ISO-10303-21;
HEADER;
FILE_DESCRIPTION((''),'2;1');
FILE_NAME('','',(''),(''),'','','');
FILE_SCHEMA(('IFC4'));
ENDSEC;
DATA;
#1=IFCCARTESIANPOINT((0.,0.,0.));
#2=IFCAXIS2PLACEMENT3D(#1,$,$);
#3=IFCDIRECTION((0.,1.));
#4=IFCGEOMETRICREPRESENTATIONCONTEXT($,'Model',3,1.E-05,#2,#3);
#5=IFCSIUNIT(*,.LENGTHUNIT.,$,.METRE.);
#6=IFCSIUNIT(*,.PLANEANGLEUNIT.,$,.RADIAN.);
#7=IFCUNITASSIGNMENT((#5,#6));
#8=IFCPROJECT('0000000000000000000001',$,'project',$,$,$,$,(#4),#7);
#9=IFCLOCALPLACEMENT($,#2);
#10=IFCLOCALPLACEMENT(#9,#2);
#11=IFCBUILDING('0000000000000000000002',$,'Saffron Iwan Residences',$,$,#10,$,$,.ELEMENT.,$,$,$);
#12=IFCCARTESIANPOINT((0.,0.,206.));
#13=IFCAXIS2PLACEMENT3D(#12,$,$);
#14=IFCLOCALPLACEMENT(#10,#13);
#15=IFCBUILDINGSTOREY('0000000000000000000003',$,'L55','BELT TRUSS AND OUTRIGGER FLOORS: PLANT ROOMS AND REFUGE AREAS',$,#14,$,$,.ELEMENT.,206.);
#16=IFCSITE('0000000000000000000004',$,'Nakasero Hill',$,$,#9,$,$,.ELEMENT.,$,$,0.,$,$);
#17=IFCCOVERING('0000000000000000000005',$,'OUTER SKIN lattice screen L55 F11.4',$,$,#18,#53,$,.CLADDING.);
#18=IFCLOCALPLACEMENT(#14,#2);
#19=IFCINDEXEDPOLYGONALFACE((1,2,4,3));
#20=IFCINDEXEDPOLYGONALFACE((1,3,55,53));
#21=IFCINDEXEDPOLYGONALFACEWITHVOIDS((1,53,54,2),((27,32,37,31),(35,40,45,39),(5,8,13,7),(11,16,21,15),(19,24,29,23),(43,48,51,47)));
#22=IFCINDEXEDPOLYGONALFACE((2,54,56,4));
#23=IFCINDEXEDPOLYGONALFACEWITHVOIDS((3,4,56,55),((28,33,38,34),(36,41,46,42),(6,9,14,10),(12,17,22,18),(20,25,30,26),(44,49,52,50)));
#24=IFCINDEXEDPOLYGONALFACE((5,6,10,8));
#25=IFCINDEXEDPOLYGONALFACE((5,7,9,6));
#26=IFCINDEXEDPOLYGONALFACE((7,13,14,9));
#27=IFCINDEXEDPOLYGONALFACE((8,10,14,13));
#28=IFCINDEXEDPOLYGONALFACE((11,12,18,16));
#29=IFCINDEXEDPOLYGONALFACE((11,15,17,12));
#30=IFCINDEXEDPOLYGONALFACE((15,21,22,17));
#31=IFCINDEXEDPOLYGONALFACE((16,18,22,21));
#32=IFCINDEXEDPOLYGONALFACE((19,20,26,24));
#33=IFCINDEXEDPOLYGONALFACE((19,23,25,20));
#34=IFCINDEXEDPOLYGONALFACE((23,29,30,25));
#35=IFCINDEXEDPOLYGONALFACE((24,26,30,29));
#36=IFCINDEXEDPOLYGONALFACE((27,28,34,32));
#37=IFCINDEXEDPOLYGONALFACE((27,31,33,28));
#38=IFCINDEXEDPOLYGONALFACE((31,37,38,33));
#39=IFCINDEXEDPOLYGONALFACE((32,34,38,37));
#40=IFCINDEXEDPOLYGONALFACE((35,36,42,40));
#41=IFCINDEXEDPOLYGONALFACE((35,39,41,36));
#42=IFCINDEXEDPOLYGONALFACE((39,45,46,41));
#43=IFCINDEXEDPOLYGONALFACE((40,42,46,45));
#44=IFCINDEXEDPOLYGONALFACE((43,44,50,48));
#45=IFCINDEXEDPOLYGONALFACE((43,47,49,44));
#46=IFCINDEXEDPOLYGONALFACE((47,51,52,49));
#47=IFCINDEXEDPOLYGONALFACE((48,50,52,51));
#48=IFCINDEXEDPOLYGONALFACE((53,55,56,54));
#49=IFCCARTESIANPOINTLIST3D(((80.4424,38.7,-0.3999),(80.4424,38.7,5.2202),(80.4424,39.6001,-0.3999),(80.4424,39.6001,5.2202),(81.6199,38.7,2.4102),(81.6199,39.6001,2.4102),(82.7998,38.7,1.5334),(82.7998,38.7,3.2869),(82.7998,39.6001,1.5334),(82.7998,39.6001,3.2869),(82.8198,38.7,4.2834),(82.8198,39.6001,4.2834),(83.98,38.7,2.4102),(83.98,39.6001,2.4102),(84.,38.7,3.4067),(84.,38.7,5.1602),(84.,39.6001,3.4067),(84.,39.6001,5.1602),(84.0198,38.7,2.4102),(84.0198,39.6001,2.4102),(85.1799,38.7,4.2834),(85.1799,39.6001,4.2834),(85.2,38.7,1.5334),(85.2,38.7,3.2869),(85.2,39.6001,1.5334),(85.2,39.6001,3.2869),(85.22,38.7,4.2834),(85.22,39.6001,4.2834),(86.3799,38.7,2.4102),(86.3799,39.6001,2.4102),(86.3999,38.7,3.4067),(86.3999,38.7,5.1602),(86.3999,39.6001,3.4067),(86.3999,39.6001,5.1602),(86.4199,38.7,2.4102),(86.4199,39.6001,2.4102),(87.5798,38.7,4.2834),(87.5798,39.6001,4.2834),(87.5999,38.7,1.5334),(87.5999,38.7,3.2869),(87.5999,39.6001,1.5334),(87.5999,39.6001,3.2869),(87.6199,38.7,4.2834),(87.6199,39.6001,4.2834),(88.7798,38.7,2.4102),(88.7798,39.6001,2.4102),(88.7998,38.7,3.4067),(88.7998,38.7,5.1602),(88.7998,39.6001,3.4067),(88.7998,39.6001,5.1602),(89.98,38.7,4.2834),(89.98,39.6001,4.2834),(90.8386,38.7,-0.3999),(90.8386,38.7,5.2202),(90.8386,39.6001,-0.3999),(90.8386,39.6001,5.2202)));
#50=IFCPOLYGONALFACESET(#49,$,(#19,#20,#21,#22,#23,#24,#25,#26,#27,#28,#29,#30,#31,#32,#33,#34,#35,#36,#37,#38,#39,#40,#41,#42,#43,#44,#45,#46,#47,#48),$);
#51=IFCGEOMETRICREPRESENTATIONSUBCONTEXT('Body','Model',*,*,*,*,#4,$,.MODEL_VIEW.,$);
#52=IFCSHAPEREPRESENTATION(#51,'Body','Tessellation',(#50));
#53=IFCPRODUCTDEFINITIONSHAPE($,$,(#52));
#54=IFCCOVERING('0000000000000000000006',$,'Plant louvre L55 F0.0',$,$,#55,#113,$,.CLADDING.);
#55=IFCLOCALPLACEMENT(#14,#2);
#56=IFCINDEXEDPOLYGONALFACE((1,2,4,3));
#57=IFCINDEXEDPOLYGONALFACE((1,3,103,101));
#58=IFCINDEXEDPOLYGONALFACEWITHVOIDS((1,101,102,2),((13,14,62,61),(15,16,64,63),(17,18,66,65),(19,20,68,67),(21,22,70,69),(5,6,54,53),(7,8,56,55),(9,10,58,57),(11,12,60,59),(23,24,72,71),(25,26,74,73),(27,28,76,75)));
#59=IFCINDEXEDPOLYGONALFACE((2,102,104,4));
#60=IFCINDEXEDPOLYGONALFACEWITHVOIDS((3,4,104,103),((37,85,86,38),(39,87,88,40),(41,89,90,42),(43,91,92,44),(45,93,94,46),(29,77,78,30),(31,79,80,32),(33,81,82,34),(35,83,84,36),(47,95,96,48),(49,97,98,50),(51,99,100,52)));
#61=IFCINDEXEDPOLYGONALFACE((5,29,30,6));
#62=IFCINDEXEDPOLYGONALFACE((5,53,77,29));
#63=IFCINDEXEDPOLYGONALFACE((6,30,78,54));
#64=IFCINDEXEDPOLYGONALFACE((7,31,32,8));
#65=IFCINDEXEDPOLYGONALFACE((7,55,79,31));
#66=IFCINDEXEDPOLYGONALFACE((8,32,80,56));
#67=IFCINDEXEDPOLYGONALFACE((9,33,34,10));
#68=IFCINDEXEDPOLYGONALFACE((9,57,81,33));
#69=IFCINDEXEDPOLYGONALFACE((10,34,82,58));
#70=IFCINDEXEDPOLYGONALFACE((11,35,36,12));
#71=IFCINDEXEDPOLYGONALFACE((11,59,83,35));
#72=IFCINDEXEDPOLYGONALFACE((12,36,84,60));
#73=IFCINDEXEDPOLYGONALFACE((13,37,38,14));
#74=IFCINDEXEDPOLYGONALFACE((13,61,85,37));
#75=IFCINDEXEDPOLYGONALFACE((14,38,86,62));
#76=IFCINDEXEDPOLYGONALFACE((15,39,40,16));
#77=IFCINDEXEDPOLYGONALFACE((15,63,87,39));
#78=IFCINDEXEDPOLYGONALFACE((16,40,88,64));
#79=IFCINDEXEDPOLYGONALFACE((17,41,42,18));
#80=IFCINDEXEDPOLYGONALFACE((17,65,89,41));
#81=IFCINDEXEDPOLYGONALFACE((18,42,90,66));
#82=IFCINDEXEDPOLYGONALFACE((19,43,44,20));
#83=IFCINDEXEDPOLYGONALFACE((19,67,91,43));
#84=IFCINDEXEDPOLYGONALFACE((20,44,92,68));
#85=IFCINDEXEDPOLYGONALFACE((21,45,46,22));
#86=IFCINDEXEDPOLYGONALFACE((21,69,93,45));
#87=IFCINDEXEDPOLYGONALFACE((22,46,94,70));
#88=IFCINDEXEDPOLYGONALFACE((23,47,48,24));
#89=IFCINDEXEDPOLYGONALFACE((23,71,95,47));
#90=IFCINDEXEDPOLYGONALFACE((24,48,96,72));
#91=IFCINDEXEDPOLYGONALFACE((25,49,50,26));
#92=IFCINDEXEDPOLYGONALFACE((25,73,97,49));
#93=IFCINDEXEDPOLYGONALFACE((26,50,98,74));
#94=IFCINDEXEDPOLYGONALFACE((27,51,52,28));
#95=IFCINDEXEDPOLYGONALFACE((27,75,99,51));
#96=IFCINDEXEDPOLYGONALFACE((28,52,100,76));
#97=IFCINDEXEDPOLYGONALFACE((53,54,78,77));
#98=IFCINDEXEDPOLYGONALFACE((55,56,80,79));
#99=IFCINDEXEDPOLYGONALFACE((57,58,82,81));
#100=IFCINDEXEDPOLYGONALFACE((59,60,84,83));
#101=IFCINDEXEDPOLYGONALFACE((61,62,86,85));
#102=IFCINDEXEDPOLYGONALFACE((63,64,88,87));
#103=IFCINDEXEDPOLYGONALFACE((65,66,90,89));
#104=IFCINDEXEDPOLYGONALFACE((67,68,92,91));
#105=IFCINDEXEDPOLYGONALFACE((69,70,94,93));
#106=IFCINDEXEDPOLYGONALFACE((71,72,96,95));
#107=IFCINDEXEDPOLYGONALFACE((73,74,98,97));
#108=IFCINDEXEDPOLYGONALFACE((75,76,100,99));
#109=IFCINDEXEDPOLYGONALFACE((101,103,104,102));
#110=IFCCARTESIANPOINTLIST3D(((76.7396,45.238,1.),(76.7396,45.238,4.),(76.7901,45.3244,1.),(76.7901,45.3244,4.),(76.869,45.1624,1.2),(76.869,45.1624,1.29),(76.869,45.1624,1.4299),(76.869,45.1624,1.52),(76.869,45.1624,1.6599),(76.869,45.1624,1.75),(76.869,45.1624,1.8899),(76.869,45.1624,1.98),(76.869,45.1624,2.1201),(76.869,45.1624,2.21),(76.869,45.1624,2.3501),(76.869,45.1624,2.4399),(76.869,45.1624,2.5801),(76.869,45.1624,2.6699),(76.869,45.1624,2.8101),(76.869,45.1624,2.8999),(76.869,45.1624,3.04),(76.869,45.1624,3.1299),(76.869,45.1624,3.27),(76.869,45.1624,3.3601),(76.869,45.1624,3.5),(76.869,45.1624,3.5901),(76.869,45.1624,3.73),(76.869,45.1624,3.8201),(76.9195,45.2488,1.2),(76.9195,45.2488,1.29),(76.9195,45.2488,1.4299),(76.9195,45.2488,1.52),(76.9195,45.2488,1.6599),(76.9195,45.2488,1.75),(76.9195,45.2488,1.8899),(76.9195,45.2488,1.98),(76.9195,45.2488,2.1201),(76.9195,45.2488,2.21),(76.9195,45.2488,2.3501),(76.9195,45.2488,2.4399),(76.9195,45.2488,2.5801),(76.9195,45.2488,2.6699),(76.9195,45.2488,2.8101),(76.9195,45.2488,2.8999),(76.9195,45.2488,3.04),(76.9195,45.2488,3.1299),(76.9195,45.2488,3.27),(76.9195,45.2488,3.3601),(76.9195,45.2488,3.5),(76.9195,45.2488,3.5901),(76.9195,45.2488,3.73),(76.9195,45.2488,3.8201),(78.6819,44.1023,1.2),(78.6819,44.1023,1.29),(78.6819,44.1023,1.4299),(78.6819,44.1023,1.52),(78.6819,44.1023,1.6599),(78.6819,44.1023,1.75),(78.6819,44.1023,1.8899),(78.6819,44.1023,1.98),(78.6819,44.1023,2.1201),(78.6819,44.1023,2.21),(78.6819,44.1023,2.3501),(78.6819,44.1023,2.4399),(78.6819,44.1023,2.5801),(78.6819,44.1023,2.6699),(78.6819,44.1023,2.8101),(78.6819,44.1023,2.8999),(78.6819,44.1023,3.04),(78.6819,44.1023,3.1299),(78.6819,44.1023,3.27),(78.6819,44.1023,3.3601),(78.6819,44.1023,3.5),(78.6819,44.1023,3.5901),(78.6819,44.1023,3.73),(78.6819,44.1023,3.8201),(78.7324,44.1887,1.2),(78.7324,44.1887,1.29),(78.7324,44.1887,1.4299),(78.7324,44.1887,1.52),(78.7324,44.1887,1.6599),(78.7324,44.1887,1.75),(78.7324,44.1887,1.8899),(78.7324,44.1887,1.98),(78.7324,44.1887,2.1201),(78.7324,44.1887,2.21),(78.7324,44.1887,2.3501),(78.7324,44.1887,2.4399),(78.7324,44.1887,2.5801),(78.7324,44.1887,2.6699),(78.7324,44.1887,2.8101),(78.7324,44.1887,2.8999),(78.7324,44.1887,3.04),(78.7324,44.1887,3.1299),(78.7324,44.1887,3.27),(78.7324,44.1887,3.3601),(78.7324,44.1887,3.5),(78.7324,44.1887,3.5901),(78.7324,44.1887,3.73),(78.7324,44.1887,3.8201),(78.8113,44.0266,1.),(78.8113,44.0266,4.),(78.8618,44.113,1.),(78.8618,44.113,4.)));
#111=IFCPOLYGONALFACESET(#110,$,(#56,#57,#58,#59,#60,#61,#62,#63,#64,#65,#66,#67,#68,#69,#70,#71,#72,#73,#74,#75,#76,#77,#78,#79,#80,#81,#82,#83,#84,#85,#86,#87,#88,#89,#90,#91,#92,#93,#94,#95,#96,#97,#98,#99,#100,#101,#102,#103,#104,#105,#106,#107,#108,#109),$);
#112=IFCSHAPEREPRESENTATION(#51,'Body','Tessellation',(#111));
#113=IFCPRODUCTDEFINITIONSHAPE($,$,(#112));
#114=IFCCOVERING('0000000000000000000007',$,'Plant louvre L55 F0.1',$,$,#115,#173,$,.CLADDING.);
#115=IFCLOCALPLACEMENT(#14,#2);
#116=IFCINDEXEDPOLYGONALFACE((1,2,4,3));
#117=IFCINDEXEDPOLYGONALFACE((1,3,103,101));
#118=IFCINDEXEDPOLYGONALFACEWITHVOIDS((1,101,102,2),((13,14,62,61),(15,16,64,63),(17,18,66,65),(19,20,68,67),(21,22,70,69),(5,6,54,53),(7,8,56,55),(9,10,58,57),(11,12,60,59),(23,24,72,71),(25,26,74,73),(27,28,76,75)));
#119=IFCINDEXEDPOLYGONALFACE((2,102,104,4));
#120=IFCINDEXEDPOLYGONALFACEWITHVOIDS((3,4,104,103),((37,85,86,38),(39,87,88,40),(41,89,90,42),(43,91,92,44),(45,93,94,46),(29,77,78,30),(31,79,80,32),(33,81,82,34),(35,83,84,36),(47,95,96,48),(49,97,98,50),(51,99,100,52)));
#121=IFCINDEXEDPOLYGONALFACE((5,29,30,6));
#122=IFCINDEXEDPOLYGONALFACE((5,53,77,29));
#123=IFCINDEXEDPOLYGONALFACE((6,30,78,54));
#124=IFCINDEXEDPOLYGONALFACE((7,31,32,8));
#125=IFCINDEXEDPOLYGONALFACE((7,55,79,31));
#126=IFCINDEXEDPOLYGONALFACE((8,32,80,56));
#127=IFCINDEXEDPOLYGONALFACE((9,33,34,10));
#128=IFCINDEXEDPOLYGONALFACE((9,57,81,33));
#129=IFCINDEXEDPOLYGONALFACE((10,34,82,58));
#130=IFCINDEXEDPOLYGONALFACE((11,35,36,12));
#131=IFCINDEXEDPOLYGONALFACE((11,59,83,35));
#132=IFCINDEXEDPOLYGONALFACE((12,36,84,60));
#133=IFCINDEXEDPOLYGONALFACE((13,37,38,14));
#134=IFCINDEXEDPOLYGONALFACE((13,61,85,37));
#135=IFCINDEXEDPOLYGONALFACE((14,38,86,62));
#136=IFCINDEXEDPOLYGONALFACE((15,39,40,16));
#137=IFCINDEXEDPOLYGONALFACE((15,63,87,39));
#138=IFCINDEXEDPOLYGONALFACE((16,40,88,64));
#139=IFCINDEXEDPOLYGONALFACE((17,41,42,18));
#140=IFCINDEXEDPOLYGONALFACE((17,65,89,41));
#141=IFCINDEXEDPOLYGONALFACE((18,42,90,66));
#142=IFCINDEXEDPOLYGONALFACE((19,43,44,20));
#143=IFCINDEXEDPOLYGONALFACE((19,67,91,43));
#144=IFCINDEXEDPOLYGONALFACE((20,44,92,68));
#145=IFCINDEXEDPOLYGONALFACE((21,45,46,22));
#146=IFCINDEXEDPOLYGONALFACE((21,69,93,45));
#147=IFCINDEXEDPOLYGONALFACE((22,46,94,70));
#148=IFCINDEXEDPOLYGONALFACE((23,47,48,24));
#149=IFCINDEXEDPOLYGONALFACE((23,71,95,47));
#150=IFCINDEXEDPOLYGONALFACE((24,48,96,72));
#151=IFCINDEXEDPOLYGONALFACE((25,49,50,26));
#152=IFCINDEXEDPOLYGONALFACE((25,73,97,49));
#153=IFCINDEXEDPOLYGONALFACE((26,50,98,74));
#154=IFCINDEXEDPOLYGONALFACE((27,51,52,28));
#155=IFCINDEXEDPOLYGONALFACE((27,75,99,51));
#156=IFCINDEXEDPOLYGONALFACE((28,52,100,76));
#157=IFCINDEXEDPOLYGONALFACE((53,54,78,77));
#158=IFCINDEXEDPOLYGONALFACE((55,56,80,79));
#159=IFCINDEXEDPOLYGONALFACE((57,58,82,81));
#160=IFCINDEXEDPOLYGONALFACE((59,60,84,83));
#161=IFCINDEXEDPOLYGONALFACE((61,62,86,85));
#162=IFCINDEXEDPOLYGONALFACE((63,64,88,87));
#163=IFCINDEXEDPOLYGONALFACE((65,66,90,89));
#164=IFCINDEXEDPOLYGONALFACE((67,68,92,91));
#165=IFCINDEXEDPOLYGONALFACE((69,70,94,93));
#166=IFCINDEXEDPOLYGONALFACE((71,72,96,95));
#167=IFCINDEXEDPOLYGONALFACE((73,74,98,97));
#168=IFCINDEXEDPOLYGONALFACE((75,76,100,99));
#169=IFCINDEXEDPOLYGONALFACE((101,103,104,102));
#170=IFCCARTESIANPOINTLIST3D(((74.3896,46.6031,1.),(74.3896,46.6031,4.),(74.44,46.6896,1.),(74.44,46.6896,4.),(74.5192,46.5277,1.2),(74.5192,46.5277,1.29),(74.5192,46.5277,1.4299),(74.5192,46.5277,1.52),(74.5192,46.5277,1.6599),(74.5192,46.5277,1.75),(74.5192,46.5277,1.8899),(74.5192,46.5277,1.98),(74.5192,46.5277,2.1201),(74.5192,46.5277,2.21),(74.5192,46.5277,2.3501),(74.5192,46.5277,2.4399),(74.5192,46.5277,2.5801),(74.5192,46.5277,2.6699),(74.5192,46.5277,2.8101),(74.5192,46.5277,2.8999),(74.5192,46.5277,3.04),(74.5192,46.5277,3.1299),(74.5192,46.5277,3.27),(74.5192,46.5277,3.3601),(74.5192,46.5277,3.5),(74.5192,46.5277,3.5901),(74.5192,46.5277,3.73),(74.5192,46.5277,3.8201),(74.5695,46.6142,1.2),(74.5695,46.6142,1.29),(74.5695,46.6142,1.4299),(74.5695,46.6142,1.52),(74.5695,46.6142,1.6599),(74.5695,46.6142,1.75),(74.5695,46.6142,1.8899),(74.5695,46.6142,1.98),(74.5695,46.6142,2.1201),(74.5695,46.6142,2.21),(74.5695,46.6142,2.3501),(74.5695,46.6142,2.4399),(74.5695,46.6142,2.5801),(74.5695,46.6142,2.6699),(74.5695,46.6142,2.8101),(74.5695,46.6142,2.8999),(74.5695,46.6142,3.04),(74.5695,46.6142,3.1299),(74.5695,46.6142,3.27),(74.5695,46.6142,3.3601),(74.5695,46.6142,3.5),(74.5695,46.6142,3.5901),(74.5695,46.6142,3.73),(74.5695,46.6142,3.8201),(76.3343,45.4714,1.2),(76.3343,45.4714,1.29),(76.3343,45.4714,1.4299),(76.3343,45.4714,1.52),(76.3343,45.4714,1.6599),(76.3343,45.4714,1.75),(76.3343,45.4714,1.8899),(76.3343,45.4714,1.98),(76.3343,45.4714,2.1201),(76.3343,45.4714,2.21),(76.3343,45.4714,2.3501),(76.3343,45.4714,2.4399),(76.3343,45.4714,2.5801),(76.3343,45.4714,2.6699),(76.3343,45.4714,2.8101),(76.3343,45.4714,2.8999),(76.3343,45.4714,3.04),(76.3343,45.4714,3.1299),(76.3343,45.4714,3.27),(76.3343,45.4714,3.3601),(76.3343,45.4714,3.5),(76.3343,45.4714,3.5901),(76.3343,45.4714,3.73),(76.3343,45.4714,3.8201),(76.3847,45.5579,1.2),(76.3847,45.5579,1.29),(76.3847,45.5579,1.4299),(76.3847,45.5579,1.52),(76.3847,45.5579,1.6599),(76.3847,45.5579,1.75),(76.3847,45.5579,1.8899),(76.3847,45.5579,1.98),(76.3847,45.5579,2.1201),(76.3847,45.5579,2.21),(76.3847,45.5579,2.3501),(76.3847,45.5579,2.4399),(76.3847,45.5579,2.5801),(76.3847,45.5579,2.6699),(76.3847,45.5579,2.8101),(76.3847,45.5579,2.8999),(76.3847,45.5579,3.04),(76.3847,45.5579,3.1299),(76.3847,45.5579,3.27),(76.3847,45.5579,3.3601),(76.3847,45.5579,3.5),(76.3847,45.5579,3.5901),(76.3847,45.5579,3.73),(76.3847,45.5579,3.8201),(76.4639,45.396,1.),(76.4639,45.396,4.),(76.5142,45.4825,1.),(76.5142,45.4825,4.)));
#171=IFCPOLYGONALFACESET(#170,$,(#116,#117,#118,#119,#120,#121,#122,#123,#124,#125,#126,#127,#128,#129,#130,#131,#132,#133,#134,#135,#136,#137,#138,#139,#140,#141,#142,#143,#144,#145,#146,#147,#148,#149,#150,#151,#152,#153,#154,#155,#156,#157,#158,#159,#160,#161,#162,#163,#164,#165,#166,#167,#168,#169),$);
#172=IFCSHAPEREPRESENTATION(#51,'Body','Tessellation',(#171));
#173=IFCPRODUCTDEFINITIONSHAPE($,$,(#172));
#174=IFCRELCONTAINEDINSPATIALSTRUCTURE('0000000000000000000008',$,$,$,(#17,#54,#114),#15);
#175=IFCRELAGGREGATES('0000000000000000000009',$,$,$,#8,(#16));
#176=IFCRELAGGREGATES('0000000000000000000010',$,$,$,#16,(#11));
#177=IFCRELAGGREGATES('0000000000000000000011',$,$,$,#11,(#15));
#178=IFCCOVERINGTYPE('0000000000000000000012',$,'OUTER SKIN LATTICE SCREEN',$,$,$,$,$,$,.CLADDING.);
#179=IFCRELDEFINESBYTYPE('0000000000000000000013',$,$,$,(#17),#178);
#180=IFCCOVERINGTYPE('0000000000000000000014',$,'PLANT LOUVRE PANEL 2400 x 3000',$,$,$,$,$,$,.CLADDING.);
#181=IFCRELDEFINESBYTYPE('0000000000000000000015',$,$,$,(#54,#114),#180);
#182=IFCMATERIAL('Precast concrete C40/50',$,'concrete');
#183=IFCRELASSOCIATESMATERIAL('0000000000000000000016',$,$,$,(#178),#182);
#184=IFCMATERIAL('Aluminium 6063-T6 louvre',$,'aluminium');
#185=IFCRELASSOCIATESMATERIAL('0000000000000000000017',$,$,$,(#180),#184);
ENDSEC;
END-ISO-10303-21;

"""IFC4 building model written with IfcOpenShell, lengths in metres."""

from ifc_helpers import new_model, si_unit, direction, frame, origin, place, context, subcontext, project, spatial, polyline, outline, extrude, material, type_object, element, save


model = new_model("IFC4")

# Units and contexts
model_context = context("Model", 3, precision=1e-05, world=origin(), true_north=direction((0.0, 1.0)))
body_context = subcontext(model_context, "Body", "Model", "MODEL_VIEW")
ifc_project = project(units=[si_unit("LENGTHUNIT", "METRE"), si_unit("PLANEANGLEUNIT", "RADIAN")], contexts=[model_context])

# Site, building, storey
site_placement = place(None, origin())
site = spatial("IfcSite", under=ifc_project, at=site_placement, Name="Nakasero Hill", CompositionType="ELEMENT", RefElevation=0.0)
building_placement = place(site_placement, origin())
building = spatial("IfcBuilding", under=site, at=building_placement, Name="Saffron Iwan Residences", CompositionType="ELEMENT")
storey_placement = place(building_placement, frame((0.0, 0.0, 206.0)))
storey = spatial("IfcBuildingStorey", under=building, at=storey_placement, Name="L55", Description="BELT TRUSS AND OUTRIGGER FLOORS: PLANT ROOMS AND REFUGE AREAS", CompositionType="ELEMENT", Elevation=206.0)

# Coverings
ifc_material_1 = material(Name="Precast concrete C40/50", Category="concrete")
covering_type_1 = type_object("IfcCoveringType", Name="OUTER SKIN LATTICE SCREEN", PredefinedType="CLADDING", material=ifc_material_1)
covering_1_placement = place(storey_placement, frame((80.4424, 39.6001, -0.3999), z_axis=(0.0, -1.0, 0.0), x_axis=(1.0, 0.0, 0.0)))
element("IfcCovering", 1, at=covering_1_placement, inside=storey, type_object=covering_type_1, Name="OUTER SKIN lattice screen L55 F11.4", PredefinedType="CLADDING", context=body_context, shape_type="SweptSolid", body=[
    extrude(outline(polyline([(0.0, 0.0), (10.3962, 0.0), (10.3962, 5.6201), (0.0, 5.6201), (0.0, 0.0)]), holes=[polyline([(1.1775, 2.8101), (2.3574, 1.9333), (3.5376, 2.8101), (2.3574, 3.6868), (1.1775, 2.8101)]), polyline([(3.5774, 2.8101), (4.7576, 1.9333), (5.9375, 2.8101), (4.7576, 3.6868), (3.5774, 2.8101)]), polyline([(5.9775, 2.8101), (7.1575, 1.9333), (8.3374, 2.8101), (7.1575, 3.6868), (5.9775, 2.8101)]), polyline([(2.3774, 4.6833), (3.5576, 3.8066), (4.7375, 4.6833), (3.5576, 5.5601), (2.3774, 4.6833)]), polyline([(4.7776, 4.6833), (5.9575, 3.8066), (7.1375, 4.6833), (5.9575, 5.5601), (4.7776, 4.6833)]), polyline([(7.1775, 4.6833), (8.3574, 3.8066), (9.5376, 4.6833), (8.3574, 5.5601), (7.1775, 4.6833)])]), origin(), (0.0, 0.0, 1.0), 0.9001),
])
ifc_material_2 = material(Name="Aluminium 6063-T6 louvre", Category="aluminium")
covering_type_2 = type_object("IfcCoveringType", Name="PLANT LOUVRE PANEL 2400 x 3000", PredefinedType="CLADDING", material=ifc_material_2)
covering_2_placement = place(storey_placement, frame((78.8113, 44.0266, 1.0), z_axis=(0.50478, 0.863248, 0.0), x_axis=(-0.863248, 0.50478, 0.0)))
element("IfcCovering", 2, at=covering_2_placement, inside=storey, type_object=covering_type_2, Name="Plant louvre L55 F0.0", PredefinedType="CLADDING", context=body_context, shape_type="SweptSolid", body=[
    extrude(outline(polyline([(0.0, 0.0), (2.3999, 0.0), (2.3999, 3.0), (0.0, 3.0), (0.0, 0.0)]), holes=[polyline([(0.1499, 0.2), (2.25, 0.2), (2.25, 0.29), (0.1499, 0.29), (0.1499, 0.2)]), polyline([(0.1499, 0.4299), (2.25, 0.4299), (2.25, 0.52), (0.1499, 0.52), (0.1499, 0.4299)]), polyline([(0.1499, 0.6599), (2.25, 0.6599), (2.25, 0.75), (0.1499, 0.75), (0.1499, 0.6599)]), polyline([(0.1499, 0.8899), (2.25, 0.8899), (2.25, 0.98), (0.1499, 0.98), (0.1499, 0.8899)]), polyline([(0.1499, 1.1201), (2.25, 1.1201), (2.25, 1.21), (0.1499, 1.21), (0.1499, 1.1201)]), polyline([(0.1499, 1.3501), (2.25, 1.3501), (2.25, 1.4399), (0.1499, 1.4399), (0.1499, 1.3501)]), polyline([(0.1499, 1.5801), (2.25, 1.5801), (2.25, 1.6699), (0.1499, 1.6699), (0.1499, 1.5801)]), polyline([(0.1499, 1.8101), (2.25, 1.8101), (2.25, 1.8999), (0.1499, 1.8999), (0.1499, 1.8101)]), polyline([(0.1499, 2.04), (2.25, 2.04), (2.25, 2.1299), (0.1499, 2.1299), (0.1499, 2.04)]), polyline([(0.1499, 2.27), (2.25, 2.27), (2.25, 2.3601), (0.1499, 2.3601), (0.1499, 2.27)]), polyline([(0.1499, 2.5), (2.25, 2.5), (2.25, 2.5901), (0.1499, 2.5901), (0.1499, 2.5)]), polyline([(0.1499, 2.73), (2.25, 2.73), (2.25, 2.8201), (0.1499, 2.8201), (0.1499, 2.73)])]), origin(), (0.0, 0.0, 1.0), 0.1001),
])
covering_3_placement = place(storey_placement, frame((76.4639, 45.396, 1.0), z_axis=(0.50296, 0.86431, 0.0), x_axis=(-0.86431, 0.50296, 0.0)))
element("IfcCovering", 3, at=covering_3_placement, inside=storey, type_object=covering_type_2, Name="Plant louvre L55 F0.1", PredefinedType="CLADDING", context=body_context, shape_type="SweptSolid", body=[
    extrude(outline(polyline([(0.0, 0.0), (2.3999, 0.0), (2.3999, 3.0), (0.0, 3.0), (0.0, 0.0)]), holes=[polyline([(0.1499, 0.2), (2.25, 0.2), (2.25, 0.29), (0.1499, 0.29), (0.1499, 0.2)]), polyline([(0.1499, 0.4299), (2.25, 0.4299), (2.25, 0.52), (0.1499, 0.52), (0.1499, 0.4299)]), polyline([(0.1499, 0.6599), (2.25, 0.6599), (2.25, 0.75), (0.1499, 0.75), (0.1499, 0.6599)]), polyline([(0.1499, 0.8899), (2.25, 0.8899), (2.25, 0.98), (0.1499, 0.98), (0.1499, 0.8899)]), polyline([(0.1499, 1.1201), (2.25, 1.1201), (2.25, 1.21), (0.1499, 1.21), (0.1499, 1.1201)]), polyline([(0.1499, 1.3501), (2.25, 1.3501), (2.25, 1.4399), (0.1499, 1.4399), (0.1499, 1.3501)]), polyline([(0.1499, 1.5801), (2.25, 1.5801), (2.25, 1.6699), (0.1499, 1.6699), (0.1499, 1.5801)]), polyline([(0.1499, 1.8101), (2.25, 1.8101), (2.25, 1.8999), (0.1499, 1.8999), (0.1499, 1.8101)]), polyline([(0.1499, 2.04), (2.25, 2.04), (2.25, 2.1299), (0.1499, 2.1299), (0.1499, 2.04)]), polyline([(0.1499, 2.27), (2.25, 2.27), (2.25, 2.3601), (0.1499, 2.3601), (0.1499, 2.27)]), polyline([(0.1499, 2.5), (2.25, 2.5), (2.25, 2.5901), (0.1499, 2.5901), (0.1499, 2.5)]), polyline([(0.1499, 2.73), (2.25, 2.73), (2.25, 2.8201), (0.1499, 2.8201), (0.1499, 2.73)])]), origin(), (0.0, 0.0, 1.0), 0.1001),
])

save(model, "model.ifc")
